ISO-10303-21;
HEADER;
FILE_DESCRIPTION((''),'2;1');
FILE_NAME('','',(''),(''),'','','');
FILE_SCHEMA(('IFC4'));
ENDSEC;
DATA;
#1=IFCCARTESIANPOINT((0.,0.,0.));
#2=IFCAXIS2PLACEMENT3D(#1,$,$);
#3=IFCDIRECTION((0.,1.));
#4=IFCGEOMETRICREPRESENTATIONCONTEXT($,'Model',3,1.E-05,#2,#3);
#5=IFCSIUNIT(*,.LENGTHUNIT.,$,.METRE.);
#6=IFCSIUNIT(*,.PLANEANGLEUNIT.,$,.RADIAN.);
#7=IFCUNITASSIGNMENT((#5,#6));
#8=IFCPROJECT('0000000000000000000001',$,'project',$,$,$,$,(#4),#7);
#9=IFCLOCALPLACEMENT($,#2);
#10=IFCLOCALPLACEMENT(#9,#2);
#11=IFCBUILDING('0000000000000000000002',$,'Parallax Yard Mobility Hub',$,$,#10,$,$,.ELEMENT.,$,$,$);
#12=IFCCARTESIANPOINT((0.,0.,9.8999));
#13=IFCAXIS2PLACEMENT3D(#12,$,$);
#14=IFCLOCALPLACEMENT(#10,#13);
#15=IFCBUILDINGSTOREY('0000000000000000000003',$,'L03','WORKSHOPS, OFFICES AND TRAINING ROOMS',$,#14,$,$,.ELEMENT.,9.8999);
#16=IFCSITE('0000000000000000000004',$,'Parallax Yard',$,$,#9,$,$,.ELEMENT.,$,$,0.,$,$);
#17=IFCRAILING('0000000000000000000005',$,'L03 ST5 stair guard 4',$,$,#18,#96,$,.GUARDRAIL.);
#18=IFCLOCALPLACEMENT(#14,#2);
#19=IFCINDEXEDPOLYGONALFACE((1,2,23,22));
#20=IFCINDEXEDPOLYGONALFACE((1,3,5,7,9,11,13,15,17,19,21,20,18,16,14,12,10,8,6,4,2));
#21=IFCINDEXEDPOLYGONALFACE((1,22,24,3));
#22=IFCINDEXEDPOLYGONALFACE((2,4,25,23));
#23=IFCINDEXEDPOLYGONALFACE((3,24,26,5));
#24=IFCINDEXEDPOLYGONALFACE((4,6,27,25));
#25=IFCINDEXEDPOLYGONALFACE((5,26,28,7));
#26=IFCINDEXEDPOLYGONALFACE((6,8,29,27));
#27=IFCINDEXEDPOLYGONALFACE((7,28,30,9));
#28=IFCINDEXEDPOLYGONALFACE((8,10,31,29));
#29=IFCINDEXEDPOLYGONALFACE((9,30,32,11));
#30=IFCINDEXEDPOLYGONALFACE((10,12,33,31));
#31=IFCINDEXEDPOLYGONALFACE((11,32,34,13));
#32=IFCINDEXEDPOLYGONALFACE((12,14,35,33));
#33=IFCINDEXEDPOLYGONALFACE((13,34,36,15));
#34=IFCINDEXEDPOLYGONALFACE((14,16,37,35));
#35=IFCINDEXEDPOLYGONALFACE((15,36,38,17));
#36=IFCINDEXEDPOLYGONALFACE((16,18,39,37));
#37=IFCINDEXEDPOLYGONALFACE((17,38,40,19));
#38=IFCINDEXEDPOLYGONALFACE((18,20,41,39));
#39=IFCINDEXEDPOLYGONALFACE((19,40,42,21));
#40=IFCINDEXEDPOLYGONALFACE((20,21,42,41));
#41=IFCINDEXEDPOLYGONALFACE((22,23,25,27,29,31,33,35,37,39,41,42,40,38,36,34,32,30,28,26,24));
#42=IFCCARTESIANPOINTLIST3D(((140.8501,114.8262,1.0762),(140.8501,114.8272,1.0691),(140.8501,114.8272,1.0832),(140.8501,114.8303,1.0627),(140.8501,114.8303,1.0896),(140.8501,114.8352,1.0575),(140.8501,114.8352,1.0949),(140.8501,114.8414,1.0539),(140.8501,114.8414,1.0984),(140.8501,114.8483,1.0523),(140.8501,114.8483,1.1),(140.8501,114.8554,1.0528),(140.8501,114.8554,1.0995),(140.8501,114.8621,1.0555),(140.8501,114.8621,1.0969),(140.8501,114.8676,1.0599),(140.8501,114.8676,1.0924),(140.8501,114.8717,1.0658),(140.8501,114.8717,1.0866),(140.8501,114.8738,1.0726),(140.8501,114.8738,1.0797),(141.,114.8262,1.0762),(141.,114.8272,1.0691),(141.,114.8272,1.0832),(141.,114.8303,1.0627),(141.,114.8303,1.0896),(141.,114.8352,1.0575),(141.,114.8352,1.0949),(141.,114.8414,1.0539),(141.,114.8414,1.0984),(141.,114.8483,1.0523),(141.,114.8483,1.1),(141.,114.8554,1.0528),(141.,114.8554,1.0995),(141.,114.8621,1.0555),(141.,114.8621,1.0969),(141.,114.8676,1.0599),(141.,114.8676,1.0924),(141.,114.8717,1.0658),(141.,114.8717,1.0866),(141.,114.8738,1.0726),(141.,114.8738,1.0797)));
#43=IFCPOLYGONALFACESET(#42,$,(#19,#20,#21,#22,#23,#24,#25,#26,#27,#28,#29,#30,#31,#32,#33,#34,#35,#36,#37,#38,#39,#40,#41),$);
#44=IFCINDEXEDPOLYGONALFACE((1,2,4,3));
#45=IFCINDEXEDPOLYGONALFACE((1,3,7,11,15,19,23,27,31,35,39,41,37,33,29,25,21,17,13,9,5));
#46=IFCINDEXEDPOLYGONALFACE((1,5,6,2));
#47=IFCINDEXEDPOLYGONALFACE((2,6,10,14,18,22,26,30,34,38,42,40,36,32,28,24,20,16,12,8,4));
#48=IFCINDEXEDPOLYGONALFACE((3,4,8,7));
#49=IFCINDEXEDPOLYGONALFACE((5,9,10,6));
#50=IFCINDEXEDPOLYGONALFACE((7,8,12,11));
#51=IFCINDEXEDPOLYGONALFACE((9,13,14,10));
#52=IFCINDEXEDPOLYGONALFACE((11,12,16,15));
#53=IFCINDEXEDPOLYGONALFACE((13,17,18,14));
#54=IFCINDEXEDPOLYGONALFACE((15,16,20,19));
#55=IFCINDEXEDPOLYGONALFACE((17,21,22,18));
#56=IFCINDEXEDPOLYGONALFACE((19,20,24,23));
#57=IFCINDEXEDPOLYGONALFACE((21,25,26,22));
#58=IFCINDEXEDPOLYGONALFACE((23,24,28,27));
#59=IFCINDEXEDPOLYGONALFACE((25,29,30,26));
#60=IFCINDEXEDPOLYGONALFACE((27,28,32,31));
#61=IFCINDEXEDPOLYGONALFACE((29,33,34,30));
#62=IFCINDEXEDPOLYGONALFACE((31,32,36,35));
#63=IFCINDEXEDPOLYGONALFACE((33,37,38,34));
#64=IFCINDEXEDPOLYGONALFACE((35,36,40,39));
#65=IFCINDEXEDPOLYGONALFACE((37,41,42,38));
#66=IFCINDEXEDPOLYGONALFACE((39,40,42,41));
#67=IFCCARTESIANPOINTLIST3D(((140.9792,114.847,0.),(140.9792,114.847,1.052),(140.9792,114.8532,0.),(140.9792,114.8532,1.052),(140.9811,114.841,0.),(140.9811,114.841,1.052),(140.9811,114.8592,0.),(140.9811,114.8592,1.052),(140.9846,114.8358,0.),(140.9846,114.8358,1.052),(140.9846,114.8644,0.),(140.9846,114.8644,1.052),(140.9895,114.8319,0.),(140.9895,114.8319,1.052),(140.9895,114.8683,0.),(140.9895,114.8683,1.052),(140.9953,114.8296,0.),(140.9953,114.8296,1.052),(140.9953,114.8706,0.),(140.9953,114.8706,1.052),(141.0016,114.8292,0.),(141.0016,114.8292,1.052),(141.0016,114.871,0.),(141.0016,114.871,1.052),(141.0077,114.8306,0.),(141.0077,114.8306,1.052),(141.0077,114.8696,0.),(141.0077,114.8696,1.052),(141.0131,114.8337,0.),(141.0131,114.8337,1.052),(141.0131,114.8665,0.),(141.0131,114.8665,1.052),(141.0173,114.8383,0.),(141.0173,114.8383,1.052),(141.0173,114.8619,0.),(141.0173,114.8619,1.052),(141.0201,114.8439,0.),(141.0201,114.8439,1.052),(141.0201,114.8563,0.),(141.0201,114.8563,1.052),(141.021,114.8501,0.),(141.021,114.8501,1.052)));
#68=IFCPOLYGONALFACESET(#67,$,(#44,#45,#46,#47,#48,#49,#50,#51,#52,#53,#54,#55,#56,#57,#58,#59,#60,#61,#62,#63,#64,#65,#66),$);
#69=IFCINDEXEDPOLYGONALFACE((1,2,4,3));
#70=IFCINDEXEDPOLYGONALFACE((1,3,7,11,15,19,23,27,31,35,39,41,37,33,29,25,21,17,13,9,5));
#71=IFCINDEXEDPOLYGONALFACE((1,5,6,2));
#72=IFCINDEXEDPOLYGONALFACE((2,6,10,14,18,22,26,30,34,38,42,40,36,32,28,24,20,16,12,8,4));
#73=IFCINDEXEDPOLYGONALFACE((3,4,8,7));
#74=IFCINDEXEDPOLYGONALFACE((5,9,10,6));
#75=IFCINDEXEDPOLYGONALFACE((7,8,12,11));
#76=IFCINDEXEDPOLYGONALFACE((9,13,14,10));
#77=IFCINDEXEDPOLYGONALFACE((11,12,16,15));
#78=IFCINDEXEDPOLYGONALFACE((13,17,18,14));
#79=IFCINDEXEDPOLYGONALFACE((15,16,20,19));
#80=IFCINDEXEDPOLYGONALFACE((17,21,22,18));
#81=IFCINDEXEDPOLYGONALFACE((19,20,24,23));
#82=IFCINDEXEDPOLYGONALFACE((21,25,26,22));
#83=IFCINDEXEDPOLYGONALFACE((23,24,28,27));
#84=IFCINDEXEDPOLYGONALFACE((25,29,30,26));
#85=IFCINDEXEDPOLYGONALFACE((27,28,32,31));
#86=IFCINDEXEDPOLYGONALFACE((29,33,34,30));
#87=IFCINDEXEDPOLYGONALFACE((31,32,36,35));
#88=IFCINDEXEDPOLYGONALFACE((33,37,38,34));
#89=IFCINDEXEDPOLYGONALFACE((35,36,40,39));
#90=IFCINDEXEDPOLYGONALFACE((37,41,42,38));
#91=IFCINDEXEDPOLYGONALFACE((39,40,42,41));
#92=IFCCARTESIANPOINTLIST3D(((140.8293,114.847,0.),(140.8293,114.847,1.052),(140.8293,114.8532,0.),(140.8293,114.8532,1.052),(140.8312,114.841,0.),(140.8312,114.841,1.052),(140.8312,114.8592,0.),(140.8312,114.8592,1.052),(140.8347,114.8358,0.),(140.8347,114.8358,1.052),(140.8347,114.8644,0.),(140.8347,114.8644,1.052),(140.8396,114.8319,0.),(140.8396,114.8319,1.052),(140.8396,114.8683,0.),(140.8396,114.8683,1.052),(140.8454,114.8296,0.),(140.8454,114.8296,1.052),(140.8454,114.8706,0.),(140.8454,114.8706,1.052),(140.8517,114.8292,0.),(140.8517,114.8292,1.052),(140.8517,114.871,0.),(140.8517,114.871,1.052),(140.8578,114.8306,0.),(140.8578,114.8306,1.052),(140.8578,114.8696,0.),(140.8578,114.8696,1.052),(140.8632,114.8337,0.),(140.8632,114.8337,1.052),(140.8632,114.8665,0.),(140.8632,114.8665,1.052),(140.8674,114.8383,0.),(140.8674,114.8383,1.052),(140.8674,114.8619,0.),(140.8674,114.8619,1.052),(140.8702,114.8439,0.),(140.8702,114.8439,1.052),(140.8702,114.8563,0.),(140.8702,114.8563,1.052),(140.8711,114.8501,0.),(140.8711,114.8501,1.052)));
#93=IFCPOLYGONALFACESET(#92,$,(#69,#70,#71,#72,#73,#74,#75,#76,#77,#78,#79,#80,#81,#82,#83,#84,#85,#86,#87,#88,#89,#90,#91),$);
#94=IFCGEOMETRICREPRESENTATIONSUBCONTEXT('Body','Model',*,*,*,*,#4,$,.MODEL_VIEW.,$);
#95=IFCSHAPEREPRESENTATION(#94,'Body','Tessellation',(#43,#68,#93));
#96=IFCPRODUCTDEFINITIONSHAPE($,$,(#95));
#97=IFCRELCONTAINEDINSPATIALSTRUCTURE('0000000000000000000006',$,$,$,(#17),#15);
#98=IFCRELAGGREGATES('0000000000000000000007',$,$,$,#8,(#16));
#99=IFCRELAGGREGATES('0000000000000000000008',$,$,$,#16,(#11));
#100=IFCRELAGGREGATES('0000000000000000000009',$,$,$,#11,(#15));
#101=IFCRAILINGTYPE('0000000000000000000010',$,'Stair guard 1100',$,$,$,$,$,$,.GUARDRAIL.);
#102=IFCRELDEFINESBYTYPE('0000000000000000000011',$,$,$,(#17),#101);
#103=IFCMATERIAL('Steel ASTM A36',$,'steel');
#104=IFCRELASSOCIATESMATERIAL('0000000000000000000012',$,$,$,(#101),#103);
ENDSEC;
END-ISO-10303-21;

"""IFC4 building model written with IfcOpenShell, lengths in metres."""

from ifc_helpers import new_model, si_unit, direction, frame, origin, origin_2d, place, context, subcontext, project, spatial, circle, extrude, material, type_object, element, save


model = new_model("IFC4")

# Units and contexts
model_context = context("Model", 3, precision=1e-05, world=origin(), true_north=direction((0.0, 1.0)))
body_context = subcontext(model_context, "Body", "Model", "MODEL_VIEW")
ifc_project = project(units=[si_unit("LENGTHUNIT", "METRE"), si_unit("PLANEANGLEUNIT", "RADIAN")], contexts=[model_context])

# Site, building, storey
site_placement = place(None, origin())
site = spatial("IfcSite", under=ifc_project, at=site_placement, Name="Parallax Yard", CompositionType="ELEMENT", RefElevation=0.0)
building_placement = place(site_placement, origin())
building = spatial("IfcBuilding", under=site, at=building_placement, Name="Parallax Yard Mobility Hub", CompositionType="ELEMENT")
storey_placement = place(building_placement, frame((0.0, 0.0, 9.8999)))
storey = spatial("IfcBuildingStorey", under=building, at=storey_placement, Name="L03", Description="WORKSHOPS, OFFICES AND TRAINING ROOMS", CompositionType="ELEMENT", Elevation=9.8999)

# Railing
ifc_material_1 = material(Name="Steel ASTM A36", Category="steel")
railing_type_1 = type_object("IfcRailingType", Name="Stair guard 1100", PredefinedType="GUARDRAIL", material=ifc_material_1)
railing_1_placement = place(storey_placement, frame((141.0, 114.8501, 0.0)))
element("IfcRailing", 1, at=railing_1_placement, inside=storey, type_object=railing_type_1, Name="L03 ST5 stair guard 4", PredefinedType="GUARDRAIL", context=body_context, shape_type="SweptSolid", body=[
    extrude(circle(Radius=0.0239, at=origin_2d()), frame((0.0, 0.0, 1.0762), z_axis=(-1.0, 0.0, 0.0), x_axis=(0.0, -1.0, 0.0)), (0.0, 0.0, 1.0), 0.1499),
    extrude(circle(Radius=0.021, at=origin_2d()), origin(), (0.0, 0.0, 1.0), 1.052),
    extrude(circle(Radius=0.021, at=origin_2d()), frame((-0.1499, 0.0, 0.0)), (0.0, 0.0, 1.0), 1.052),
])

save(model, "model.ifc")
